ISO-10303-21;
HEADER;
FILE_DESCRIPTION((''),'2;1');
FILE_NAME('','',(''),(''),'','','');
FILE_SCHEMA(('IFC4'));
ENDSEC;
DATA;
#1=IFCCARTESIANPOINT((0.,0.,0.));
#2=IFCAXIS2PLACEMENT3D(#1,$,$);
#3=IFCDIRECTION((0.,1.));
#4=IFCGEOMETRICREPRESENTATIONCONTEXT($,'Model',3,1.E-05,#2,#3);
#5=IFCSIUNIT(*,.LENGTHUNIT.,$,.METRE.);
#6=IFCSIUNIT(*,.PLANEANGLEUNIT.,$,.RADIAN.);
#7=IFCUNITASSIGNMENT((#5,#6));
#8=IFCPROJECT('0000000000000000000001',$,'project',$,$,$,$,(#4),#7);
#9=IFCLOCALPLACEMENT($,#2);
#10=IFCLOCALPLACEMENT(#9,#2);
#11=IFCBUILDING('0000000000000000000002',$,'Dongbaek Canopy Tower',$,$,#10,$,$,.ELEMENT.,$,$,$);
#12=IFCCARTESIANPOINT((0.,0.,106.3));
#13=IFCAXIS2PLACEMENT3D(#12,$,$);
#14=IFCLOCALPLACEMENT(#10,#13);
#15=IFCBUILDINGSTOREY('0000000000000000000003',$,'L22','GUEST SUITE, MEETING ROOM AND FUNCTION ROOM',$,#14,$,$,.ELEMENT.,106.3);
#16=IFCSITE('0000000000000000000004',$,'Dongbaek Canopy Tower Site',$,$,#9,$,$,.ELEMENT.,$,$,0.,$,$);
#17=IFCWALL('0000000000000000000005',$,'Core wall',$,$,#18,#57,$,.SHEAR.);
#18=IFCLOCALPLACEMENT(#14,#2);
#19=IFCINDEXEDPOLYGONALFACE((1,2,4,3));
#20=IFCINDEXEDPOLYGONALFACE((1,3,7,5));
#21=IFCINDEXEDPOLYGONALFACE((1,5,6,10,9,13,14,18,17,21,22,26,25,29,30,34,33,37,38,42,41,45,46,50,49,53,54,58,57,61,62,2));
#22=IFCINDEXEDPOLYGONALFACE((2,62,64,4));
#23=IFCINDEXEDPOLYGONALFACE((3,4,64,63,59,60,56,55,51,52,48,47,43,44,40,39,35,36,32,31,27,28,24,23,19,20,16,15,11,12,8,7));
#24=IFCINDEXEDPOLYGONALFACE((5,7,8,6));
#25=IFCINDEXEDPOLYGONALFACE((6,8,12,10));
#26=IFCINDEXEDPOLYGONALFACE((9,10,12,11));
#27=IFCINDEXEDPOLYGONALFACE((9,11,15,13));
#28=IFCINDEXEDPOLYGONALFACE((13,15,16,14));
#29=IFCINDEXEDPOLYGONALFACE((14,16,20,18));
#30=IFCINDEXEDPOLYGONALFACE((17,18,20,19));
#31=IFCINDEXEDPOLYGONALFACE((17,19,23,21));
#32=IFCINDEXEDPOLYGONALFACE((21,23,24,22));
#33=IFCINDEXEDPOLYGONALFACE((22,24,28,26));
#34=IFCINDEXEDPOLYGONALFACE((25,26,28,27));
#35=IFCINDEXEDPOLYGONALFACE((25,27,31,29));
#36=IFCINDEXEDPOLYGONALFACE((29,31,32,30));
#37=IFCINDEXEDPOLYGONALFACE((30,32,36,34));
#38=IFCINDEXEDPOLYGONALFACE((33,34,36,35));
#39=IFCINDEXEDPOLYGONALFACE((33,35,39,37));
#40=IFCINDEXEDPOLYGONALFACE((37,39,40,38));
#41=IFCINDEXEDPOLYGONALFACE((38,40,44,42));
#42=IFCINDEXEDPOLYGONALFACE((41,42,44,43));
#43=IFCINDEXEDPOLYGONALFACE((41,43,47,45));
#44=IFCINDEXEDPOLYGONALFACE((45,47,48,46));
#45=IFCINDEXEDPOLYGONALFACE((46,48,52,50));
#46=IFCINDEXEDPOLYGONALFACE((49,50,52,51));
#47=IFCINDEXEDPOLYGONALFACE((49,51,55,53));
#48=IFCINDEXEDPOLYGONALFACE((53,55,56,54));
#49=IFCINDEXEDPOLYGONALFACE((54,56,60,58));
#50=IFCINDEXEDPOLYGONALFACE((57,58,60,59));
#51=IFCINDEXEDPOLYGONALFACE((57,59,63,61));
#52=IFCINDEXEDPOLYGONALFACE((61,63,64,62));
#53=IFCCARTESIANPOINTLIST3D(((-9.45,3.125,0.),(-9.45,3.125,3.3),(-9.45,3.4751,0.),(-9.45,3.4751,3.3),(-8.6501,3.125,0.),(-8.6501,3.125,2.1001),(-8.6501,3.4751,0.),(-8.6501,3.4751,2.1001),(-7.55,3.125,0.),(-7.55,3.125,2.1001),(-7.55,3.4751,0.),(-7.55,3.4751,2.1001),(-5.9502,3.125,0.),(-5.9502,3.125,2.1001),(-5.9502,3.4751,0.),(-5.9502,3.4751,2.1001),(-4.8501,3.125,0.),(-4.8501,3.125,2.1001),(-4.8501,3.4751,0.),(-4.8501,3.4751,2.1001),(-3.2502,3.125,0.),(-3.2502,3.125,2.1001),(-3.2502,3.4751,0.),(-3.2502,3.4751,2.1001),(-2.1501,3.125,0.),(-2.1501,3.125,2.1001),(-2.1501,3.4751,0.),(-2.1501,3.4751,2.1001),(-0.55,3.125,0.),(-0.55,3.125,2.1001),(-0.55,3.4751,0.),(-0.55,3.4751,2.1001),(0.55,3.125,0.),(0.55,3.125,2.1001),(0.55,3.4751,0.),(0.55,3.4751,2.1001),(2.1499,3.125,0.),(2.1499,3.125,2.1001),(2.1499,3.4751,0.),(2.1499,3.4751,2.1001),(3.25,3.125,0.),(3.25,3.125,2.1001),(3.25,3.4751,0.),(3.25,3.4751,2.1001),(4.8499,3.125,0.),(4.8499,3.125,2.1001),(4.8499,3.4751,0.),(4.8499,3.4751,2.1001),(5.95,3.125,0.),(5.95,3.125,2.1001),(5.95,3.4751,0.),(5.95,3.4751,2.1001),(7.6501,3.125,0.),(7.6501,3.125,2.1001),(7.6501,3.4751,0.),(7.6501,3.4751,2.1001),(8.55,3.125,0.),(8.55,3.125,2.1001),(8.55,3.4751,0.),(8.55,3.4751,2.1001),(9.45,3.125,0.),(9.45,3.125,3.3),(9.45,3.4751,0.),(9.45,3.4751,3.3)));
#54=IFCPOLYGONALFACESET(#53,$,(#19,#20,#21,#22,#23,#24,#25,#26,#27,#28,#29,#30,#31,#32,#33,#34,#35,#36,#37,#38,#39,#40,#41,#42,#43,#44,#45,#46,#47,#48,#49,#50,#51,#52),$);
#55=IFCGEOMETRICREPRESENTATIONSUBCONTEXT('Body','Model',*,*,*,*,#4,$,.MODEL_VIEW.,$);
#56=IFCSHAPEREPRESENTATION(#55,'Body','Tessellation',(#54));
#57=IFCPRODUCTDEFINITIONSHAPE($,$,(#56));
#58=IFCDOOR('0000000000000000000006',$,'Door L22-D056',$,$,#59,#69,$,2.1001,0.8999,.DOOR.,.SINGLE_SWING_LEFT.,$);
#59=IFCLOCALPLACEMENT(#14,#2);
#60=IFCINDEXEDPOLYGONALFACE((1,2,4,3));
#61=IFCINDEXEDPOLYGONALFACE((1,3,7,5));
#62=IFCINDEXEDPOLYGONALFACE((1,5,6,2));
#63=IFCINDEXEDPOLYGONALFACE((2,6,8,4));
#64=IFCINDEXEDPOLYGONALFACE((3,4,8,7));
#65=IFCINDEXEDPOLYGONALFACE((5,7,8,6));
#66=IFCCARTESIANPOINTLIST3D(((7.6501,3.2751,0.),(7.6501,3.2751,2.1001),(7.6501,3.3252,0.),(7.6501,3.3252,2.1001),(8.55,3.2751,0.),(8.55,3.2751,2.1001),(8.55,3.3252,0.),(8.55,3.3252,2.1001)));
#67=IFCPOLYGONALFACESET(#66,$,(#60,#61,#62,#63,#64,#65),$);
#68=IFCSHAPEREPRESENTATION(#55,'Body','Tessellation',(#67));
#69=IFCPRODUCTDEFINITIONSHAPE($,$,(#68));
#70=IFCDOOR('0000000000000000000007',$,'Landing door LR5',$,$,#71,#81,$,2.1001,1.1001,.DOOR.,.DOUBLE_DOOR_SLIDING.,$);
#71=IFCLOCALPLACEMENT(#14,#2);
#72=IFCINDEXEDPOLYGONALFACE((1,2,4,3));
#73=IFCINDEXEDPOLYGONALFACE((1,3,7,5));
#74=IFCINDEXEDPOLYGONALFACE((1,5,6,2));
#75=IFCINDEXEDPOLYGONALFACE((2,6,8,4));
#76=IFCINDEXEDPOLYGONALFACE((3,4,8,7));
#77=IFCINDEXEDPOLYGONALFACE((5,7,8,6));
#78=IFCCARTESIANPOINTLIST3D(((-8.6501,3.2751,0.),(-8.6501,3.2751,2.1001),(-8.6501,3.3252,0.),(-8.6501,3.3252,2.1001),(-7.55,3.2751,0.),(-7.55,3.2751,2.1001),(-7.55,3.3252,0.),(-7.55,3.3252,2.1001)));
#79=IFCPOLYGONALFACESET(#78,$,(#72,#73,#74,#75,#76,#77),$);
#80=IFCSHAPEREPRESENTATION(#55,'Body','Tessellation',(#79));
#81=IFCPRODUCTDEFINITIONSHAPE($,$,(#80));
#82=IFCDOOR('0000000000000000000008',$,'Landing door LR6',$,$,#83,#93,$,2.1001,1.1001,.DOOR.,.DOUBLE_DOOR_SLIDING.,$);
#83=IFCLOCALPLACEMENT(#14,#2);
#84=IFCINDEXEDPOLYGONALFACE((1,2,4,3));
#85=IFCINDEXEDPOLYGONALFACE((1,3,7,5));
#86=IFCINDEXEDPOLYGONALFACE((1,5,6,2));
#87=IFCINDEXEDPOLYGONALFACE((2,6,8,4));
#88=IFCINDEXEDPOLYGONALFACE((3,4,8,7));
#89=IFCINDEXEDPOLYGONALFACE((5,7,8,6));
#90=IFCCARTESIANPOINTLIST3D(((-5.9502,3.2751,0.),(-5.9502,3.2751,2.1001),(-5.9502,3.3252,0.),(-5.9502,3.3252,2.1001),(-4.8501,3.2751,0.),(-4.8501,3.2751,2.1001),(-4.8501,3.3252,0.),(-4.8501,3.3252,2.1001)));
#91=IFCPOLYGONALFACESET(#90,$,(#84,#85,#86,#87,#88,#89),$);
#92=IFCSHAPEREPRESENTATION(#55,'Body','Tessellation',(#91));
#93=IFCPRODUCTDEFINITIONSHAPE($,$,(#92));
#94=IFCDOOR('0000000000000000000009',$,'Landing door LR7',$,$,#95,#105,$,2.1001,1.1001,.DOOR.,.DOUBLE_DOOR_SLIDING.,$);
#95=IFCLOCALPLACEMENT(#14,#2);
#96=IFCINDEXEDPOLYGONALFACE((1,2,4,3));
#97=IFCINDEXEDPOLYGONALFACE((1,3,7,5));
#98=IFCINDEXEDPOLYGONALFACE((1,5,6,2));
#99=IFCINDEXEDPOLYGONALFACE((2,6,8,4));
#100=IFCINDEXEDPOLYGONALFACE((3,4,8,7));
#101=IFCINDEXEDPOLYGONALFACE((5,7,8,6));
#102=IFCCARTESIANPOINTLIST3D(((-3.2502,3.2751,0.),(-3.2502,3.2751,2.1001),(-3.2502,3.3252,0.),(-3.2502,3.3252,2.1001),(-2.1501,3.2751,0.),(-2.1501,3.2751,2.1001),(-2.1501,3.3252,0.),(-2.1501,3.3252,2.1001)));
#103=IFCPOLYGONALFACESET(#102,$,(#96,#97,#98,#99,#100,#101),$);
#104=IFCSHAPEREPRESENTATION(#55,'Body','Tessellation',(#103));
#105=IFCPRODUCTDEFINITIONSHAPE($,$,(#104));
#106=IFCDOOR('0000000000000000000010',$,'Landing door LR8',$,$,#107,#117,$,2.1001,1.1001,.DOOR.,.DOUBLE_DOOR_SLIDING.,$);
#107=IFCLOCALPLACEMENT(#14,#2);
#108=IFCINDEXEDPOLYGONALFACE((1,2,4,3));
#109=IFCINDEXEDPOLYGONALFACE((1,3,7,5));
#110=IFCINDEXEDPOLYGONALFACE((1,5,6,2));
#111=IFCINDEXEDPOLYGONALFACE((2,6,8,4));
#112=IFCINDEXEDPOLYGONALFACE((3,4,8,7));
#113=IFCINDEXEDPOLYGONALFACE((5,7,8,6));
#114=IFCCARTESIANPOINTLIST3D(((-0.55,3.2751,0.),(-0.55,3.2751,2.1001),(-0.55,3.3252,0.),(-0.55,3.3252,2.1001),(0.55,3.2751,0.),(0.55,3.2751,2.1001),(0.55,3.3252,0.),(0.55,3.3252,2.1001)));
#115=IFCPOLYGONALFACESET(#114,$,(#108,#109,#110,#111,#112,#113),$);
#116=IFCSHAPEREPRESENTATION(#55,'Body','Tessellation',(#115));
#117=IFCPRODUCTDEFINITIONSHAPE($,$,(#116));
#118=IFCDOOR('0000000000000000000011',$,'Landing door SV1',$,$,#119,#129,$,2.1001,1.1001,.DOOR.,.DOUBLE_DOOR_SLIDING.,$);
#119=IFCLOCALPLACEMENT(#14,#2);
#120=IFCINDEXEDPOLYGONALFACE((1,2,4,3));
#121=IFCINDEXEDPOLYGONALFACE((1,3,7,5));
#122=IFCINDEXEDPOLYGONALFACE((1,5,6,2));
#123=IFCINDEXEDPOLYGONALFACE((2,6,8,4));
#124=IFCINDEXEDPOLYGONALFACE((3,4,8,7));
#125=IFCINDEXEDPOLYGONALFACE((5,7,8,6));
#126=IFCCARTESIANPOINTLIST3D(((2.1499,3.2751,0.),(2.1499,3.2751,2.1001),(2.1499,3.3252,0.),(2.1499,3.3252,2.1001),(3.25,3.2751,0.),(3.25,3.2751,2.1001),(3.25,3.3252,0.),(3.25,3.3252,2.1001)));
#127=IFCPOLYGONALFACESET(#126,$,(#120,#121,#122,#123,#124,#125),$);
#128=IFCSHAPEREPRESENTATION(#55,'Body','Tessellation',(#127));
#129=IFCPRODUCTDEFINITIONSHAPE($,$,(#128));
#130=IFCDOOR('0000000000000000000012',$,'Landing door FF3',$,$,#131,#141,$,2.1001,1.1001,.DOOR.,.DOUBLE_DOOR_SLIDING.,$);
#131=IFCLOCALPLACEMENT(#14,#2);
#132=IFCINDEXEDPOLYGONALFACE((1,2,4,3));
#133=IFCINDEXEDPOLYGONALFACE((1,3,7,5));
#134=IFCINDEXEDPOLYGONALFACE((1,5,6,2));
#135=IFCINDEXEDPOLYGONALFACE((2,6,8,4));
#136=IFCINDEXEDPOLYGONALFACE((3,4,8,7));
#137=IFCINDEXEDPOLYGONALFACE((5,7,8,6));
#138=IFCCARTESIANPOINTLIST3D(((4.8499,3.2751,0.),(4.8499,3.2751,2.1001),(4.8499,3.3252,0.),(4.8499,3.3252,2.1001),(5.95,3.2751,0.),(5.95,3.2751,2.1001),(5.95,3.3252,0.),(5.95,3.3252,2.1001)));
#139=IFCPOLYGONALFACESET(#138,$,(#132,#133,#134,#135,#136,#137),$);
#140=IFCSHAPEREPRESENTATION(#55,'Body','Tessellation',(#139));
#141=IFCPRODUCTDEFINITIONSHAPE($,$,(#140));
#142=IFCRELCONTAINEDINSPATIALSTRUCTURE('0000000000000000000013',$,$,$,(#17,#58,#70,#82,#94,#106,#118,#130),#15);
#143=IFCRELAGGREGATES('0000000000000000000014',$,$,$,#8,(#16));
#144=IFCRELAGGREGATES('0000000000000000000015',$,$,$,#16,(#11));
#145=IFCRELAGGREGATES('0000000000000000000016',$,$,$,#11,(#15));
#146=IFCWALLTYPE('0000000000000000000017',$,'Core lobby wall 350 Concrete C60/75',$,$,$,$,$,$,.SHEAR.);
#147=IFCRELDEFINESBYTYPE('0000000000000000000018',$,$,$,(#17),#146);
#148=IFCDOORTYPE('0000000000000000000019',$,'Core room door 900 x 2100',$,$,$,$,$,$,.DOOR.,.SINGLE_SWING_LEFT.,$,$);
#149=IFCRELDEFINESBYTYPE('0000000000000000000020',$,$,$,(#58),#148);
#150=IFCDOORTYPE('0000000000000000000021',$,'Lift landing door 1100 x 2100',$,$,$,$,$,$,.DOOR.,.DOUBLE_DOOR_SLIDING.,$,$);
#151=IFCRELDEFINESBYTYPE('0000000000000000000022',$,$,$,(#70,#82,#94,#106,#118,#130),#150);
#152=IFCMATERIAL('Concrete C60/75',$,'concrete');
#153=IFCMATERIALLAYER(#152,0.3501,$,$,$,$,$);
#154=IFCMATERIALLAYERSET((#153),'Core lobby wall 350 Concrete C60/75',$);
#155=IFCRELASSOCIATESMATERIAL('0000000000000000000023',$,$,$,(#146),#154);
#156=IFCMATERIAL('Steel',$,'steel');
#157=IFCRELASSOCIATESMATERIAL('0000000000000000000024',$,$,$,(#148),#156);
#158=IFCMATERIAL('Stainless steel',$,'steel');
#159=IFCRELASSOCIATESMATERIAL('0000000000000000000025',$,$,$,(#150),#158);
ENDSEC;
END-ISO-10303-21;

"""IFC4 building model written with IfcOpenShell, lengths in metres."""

from ifc_helpers import new_model, si_unit, direction, frame, frame_2d, origin, place, context, subcontext, project, spatial, rectangle, extrude, material, layer, layer_set, type_object, element, fill, save


model = new_model("IFC4")

# Units and contexts
model_context = context("Model", 3, precision=1e-05, world=origin(), true_north=direction((0.0, 1.0)))
body_context = subcontext(model_context, "Body", "Model", "MODEL_VIEW")
ifc_project = project(units=[si_unit("LENGTHUNIT", "METRE"), si_unit("PLANEANGLEUNIT", "RADIAN")], contexts=[model_context])

# Site, building, storey
site_placement = place(None, origin())
site = spatial("IfcSite", under=ifc_project, at=site_placement, Name="Dongbaek Canopy Tower Site", CompositionType="ELEMENT", RefElevation=0.0)
building_placement = place(site_placement, origin())
building = spatial("IfcBuilding", under=site, at=building_placement, Name="Dongbaek Canopy Tower", CompositionType="ELEMENT")
storey_placement = place(building_placement, frame((0.0, 0.0, 106.3)))
storey = spatial("IfcBuildingStorey", under=building, at=storey_placement, Name="L22", Description="GUEST SUITE, MEETING ROOM AND FUNCTION ROOM", CompositionType="ELEMENT", Elevation=106.3)

# Wall, openings, doors
ifc_material_1 = material(Name="Concrete C60/75", Category="concrete")
ifc_layer_1 = layer(ifc_material_1, 0.3501)
ifc_layer_set_1 = layer_set([ifc_layer_1], Name="Core lobby wall 350 Concrete C60/75")
wall_type_1 = type_object("IfcWallType", Name="Core lobby wall 350 Concrete C60/75", PredefinedType="SHEAR", material=ifc_layer_set_1)
wall_1_placement = place(storey_placement, frame((9.45, 3.3, 0.0), z_axis=(0.0, 0.0, 1.0), x_axis=(-1.0, 0.0, 0.0)))
wall_1 = element("IfcWall", 1, at=wall_1_placement, inside=storey, type_object=wall_type_1, Name="Core wall", PredefinedType="SHEAR", context=body_context, shape_type="SweptSolid", body=[
    extrude(rectangle(XDim=18.8999, YDim=0.3501, at=frame_2d((9.45, 0.0))), origin(), (0.0, 0.0, 1.0), 3.3),
])
opening_1_placement = place(wall_1_placement, frame((17.0, 0.0, 0.0)))
opening_1 = element("IfcOpeningElement", 2, at=opening_1_placement, cuts=wall_1, PredefinedType="OPENING", context=body_context, shape_type="SweptSolid", body=[
    extrude(rectangle(XDim=1.1001, YDim=2.1001, at=frame_2d((0.55, 1.05))), frame((0.0, 0.1851, 0.0), z_axis=(0.0, -1.0, 0.0), x_axis=(1.0, 0.0, 0.0)), (0.0, 0.0, 1.0), 0.3701),
])
opening_2_placement = place(wall_1_placement, frame((14.3, 0.0, 0.0)))
opening_2 = element("IfcOpeningElement", 3, at=opening_2_placement, cuts=wall_1, PredefinedType="OPENING", context=body_context, shape_type="SweptSolid", body=[
    extrude(rectangle(XDim=1.1001, YDim=2.1001, at=frame_2d((0.55, 1.05))), frame((0.0, 0.1851, 0.0), z_axis=(0.0, -1.0, 0.0), x_axis=(1.0, 0.0, 0.0)), (0.0, 0.0, 1.0), 0.3701),
])
opening_3_placement = place(wall_1_placement, frame((11.6001, 0.0, 0.0)))
opening_3 = element("IfcOpeningElement", 4, at=opening_3_placement, cuts=wall_1, PredefinedType="OPENING", context=body_context, shape_type="SweptSolid", body=[
    extrude(rectangle(XDim=1.1001, YDim=2.1001, at=frame_2d((0.55, 1.05))), frame((0.0, 0.1851, 0.0), z_axis=(0.0, -1.0, 0.0), x_axis=(1.0, 0.0, 0.0)), (0.0, 0.0, 1.0), 0.3701),
])
opening_4_placement = place(wall_1_placement, frame((8.8999, 0.0, 0.0)))
opening_4 = element("IfcOpeningElement", 5, at=opening_4_placement, cuts=wall_1, PredefinedType="OPENING", context=body_context, shape_type="SweptSolid", body=[
    extrude(rectangle(XDim=1.1001, YDim=2.1001, at=frame_2d((0.55, 1.05))), frame((0.0, 0.1851, 0.0), z_axis=(0.0, -1.0, 0.0), x_axis=(1.0, 0.0, 0.0)), (0.0, 0.0, 1.0), 0.3701),
])
opening_5_placement = place(wall_1_placement, frame((6.2, 0.0, 0.0)))
opening_5 = element("IfcOpeningElement", 6, at=opening_5_placement, cuts=wall_1, PredefinedType="OPENING", context=body_context, shape_type="SweptSolid", body=[
    extrude(rectangle(XDim=1.1001, YDim=2.1001, at=frame_2d((0.55, 1.05))), frame((0.0, 0.1851, 0.0), z_axis=(0.0, -1.0, 0.0), x_axis=(1.0, 0.0, 0.0)), (0.0, 0.0, 1.0), 0.3701),
])
opening_6_placement = place(wall_1_placement, frame((3.5, 0.0, 0.0)))
opening_6 = element("IfcOpeningElement", 7, at=opening_6_placement, cuts=wall_1, PredefinedType="OPENING", context=body_context, shape_type="SweptSolid", body=[
    extrude(rectangle(XDim=1.1001, YDim=2.1001, at=frame_2d((0.55, 1.05))), frame((0.0, 0.1851, 0.0), z_axis=(0.0, -1.0, 0.0), x_axis=(1.0, 0.0, 0.0)), (0.0, 0.0, 1.0), 0.3701),
])
opening_7_placement = place(wall_1_placement, frame((0.8999, 0.0, 0.0)))
opening_7 = element("IfcOpeningElement", 8, at=opening_7_placement, cuts=wall_1, PredefinedType="OPENING", context=body_context, shape_type="SweptSolid", body=[
    extrude(rectangle(XDim=0.8999, YDim=2.1001, at=frame_2d((0.45, 1.05))), frame((0.0, 0.1851, 0.0), z_axis=(0.0, -1.0, 0.0), x_axis=(1.0, 0.0, 0.0)), (0.0, 0.0, 1.0), 0.3701),
])
ifc_material_2 = material(Name="Steel", Category="steel")
door_type_1 = type_object("IfcDoorType", Name="Core room door 900 x 2100", OperationType="SINGLE_SWING_LEFT", PredefinedType="DOOR", material=ifc_material_2)
door_1_placement = place(opening_7_placement, origin())
door_1 = element("IfcDoor", 9, at=door_1_placement, inside=storey, type_object=door_type_1, Name="Door L22-D056", OperationType="SINGLE_SWING_LEFT", OverallHeight=2.1001, OverallWidth=0.8999, PredefinedType="DOOR", context=body_context, shape_type="SweptSolid", body=[
    extrude(rectangle(XDim=0.8999, YDim=2.1001, at=frame_2d((0.45, 1.05))), frame((0.0, 0.0249, 0.0), z_axis=(0.0, -1.0, 0.0), x_axis=(1.0, 0.0, 0.0)), (0.0, 0.0, 1.0), 0.05),
])
fill(opening_7, door_1)
ifc_material_3 = material(Name="Stainless steel", Category="steel")
door_type_2 = type_object("IfcDoorType", Name="Lift landing door 1100 x 2100", OperationType="DOUBLE_DOOR_SLIDING", PredefinedType="DOOR", material=ifc_material_3)
door_2_placement = place(opening_1_placement, origin())
door_2 = element("IfcDoor", 10, at=door_2_placement, inside=storey, type_object=door_type_2, Name="Landing door LR5", OperationType="DOUBLE_DOOR_SLIDING", OverallHeight=2.1001, OverallWidth=1.1001, PredefinedType="DOOR", context=body_context, shape_type="SweptSolid", body=[
    extrude(rectangle(XDim=1.1001, YDim=2.1001, at=frame_2d((0.55, 1.05))), frame((0.0, 0.0249, 0.0), z_axis=(0.0, -1.0, 0.0), x_axis=(1.0, 0.0, 0.0)), (0.0, 0.0, 1.0), 0.05),
])
fill(opening_1, door_2)
door_3_placement = place(opening_2_placement, origin())
door_3 = element("IfcDoor", 11, at=door_3_placement, inside=storey, type_object=door_type_2, Name="Landing door LR6", OperationType="DOUBLE_DOOR_SLIDING", OverallHeight=2.1001, OverallWidth=1.1001, PredefinedType="DOOR", context=body_context, shape_type="SweptSolid", body=[
    extrude(rectangle(XDim=1.1001, YDim=2.1001, at=frame_2d((0.55, 1.05))), frame((0.0, 0.0249, 0.0), z_axis=(0.0, -1.0, 0.0), x_axis=(1.0, 0.0, 0.0)), (0.0, 0.0, 1.0), 0.05),
])
fill(opening_2, door_3)
door_4_placement = place(opening_3_placement, origin())
door_4 = element("IfcDoor", 12, at=door_4_placement, inside=storey, type_object=door_type_2, Name="Landing door LR7", OperationType="DOUBLE_DOOR_SLIDING", OverallHeight=2.1001, OverallWidth=1.1001, PredefinedType="DOOR", context=body_context, shape_type="SweptSolid", body=[
    extrude(rectangle(XDim=1.1001, YDim=2.1001, at=frame_2d((0.55, 1.05))), frame((0.0, 0.0249, 0.0), z_axis=(0.0, -1.0, 0.0), x_axis=(1.0, 0.0, 0.0)), (0.0, 0.0, 1.0), 0.05),
])
fill(opening_3, door_4)
door_5_placement = place(opening_4_placement, origin())
door_5 = element("IfcDoor", 13, at=door_5_placement, inside=storey, type_object=door_type_2, Name="Landing door LR8", OperationType="DOUBLE_DOOR_SLIDING", OverallHeight=2.1001, OverallWidth=1.1001, PredefinedType="DOOR", context=body_context, shape_type="SweptSolid", body=[
    extrude(rectangle(XDim=1.1001, YDim=2.1001, at=frame_2d((0.55, 1.05))), frame((0.0, 0.0249, 0.0), z_axis=(0.0, -1.0, 0.0), x_axis=(1.0, 0.0, 0.0)), (0.0, 0.0, 1.0), 0.05),
])
fill(opening_4, door_5)
door_6_placement = place(opening_5_placement, origin())
door_6 = element("IfcDoor", 14, at=door_6_placement, inside=storey, type_object=door_type_2, Name="Landing door SV1", OperationType="DOUBLE_DOOR_SLIDING", OverallHeight=2.1001, OverallWidth=1.1001, PredefinedType="DOOR", context=body_context, shape_type="SweptSolid", body=[
    extrude(rectangle(XDim=1.1001, YDim=2.1001, at=frame_2d((0.55, 1.05))), frame((0.0, 0.0249, 0.0), z_axis=(0.0, -1.0, 0.0), x_axis=(1.0, 0.0, 0.0)), (0.0, 0.0, 1.0), 0.05),
])
fill(opening_5, door_6)
door_7_placement = place(opening_6_placement, origin())
door_7 = element("IfcDoor", 15, at=door_7_placement, inside=storey, type_object=door_type_2, Name="Landing door FF3", OperationType="DOUBLE_DOOR_SLIDING", OverallHeight=2.1001, OverallWidth=1.1001, PredefinedType="DOOR", context=body_context, shape_type="SweptSolid", body=[
    extrude(rectangle(XDim=1.1001, YDim=2.1001, at=frame_2d((0.55, 1.05))), frame((0.0, 0.0249, 0.0), z_axis=(0.0, -1.0, 0.0), x_axis=(1.0, 0.0, 0.0)), (0.0, 0.0, 1.0), 0.05),
])
fill(opening_6, door_7)

save(model, "model.ifc")
